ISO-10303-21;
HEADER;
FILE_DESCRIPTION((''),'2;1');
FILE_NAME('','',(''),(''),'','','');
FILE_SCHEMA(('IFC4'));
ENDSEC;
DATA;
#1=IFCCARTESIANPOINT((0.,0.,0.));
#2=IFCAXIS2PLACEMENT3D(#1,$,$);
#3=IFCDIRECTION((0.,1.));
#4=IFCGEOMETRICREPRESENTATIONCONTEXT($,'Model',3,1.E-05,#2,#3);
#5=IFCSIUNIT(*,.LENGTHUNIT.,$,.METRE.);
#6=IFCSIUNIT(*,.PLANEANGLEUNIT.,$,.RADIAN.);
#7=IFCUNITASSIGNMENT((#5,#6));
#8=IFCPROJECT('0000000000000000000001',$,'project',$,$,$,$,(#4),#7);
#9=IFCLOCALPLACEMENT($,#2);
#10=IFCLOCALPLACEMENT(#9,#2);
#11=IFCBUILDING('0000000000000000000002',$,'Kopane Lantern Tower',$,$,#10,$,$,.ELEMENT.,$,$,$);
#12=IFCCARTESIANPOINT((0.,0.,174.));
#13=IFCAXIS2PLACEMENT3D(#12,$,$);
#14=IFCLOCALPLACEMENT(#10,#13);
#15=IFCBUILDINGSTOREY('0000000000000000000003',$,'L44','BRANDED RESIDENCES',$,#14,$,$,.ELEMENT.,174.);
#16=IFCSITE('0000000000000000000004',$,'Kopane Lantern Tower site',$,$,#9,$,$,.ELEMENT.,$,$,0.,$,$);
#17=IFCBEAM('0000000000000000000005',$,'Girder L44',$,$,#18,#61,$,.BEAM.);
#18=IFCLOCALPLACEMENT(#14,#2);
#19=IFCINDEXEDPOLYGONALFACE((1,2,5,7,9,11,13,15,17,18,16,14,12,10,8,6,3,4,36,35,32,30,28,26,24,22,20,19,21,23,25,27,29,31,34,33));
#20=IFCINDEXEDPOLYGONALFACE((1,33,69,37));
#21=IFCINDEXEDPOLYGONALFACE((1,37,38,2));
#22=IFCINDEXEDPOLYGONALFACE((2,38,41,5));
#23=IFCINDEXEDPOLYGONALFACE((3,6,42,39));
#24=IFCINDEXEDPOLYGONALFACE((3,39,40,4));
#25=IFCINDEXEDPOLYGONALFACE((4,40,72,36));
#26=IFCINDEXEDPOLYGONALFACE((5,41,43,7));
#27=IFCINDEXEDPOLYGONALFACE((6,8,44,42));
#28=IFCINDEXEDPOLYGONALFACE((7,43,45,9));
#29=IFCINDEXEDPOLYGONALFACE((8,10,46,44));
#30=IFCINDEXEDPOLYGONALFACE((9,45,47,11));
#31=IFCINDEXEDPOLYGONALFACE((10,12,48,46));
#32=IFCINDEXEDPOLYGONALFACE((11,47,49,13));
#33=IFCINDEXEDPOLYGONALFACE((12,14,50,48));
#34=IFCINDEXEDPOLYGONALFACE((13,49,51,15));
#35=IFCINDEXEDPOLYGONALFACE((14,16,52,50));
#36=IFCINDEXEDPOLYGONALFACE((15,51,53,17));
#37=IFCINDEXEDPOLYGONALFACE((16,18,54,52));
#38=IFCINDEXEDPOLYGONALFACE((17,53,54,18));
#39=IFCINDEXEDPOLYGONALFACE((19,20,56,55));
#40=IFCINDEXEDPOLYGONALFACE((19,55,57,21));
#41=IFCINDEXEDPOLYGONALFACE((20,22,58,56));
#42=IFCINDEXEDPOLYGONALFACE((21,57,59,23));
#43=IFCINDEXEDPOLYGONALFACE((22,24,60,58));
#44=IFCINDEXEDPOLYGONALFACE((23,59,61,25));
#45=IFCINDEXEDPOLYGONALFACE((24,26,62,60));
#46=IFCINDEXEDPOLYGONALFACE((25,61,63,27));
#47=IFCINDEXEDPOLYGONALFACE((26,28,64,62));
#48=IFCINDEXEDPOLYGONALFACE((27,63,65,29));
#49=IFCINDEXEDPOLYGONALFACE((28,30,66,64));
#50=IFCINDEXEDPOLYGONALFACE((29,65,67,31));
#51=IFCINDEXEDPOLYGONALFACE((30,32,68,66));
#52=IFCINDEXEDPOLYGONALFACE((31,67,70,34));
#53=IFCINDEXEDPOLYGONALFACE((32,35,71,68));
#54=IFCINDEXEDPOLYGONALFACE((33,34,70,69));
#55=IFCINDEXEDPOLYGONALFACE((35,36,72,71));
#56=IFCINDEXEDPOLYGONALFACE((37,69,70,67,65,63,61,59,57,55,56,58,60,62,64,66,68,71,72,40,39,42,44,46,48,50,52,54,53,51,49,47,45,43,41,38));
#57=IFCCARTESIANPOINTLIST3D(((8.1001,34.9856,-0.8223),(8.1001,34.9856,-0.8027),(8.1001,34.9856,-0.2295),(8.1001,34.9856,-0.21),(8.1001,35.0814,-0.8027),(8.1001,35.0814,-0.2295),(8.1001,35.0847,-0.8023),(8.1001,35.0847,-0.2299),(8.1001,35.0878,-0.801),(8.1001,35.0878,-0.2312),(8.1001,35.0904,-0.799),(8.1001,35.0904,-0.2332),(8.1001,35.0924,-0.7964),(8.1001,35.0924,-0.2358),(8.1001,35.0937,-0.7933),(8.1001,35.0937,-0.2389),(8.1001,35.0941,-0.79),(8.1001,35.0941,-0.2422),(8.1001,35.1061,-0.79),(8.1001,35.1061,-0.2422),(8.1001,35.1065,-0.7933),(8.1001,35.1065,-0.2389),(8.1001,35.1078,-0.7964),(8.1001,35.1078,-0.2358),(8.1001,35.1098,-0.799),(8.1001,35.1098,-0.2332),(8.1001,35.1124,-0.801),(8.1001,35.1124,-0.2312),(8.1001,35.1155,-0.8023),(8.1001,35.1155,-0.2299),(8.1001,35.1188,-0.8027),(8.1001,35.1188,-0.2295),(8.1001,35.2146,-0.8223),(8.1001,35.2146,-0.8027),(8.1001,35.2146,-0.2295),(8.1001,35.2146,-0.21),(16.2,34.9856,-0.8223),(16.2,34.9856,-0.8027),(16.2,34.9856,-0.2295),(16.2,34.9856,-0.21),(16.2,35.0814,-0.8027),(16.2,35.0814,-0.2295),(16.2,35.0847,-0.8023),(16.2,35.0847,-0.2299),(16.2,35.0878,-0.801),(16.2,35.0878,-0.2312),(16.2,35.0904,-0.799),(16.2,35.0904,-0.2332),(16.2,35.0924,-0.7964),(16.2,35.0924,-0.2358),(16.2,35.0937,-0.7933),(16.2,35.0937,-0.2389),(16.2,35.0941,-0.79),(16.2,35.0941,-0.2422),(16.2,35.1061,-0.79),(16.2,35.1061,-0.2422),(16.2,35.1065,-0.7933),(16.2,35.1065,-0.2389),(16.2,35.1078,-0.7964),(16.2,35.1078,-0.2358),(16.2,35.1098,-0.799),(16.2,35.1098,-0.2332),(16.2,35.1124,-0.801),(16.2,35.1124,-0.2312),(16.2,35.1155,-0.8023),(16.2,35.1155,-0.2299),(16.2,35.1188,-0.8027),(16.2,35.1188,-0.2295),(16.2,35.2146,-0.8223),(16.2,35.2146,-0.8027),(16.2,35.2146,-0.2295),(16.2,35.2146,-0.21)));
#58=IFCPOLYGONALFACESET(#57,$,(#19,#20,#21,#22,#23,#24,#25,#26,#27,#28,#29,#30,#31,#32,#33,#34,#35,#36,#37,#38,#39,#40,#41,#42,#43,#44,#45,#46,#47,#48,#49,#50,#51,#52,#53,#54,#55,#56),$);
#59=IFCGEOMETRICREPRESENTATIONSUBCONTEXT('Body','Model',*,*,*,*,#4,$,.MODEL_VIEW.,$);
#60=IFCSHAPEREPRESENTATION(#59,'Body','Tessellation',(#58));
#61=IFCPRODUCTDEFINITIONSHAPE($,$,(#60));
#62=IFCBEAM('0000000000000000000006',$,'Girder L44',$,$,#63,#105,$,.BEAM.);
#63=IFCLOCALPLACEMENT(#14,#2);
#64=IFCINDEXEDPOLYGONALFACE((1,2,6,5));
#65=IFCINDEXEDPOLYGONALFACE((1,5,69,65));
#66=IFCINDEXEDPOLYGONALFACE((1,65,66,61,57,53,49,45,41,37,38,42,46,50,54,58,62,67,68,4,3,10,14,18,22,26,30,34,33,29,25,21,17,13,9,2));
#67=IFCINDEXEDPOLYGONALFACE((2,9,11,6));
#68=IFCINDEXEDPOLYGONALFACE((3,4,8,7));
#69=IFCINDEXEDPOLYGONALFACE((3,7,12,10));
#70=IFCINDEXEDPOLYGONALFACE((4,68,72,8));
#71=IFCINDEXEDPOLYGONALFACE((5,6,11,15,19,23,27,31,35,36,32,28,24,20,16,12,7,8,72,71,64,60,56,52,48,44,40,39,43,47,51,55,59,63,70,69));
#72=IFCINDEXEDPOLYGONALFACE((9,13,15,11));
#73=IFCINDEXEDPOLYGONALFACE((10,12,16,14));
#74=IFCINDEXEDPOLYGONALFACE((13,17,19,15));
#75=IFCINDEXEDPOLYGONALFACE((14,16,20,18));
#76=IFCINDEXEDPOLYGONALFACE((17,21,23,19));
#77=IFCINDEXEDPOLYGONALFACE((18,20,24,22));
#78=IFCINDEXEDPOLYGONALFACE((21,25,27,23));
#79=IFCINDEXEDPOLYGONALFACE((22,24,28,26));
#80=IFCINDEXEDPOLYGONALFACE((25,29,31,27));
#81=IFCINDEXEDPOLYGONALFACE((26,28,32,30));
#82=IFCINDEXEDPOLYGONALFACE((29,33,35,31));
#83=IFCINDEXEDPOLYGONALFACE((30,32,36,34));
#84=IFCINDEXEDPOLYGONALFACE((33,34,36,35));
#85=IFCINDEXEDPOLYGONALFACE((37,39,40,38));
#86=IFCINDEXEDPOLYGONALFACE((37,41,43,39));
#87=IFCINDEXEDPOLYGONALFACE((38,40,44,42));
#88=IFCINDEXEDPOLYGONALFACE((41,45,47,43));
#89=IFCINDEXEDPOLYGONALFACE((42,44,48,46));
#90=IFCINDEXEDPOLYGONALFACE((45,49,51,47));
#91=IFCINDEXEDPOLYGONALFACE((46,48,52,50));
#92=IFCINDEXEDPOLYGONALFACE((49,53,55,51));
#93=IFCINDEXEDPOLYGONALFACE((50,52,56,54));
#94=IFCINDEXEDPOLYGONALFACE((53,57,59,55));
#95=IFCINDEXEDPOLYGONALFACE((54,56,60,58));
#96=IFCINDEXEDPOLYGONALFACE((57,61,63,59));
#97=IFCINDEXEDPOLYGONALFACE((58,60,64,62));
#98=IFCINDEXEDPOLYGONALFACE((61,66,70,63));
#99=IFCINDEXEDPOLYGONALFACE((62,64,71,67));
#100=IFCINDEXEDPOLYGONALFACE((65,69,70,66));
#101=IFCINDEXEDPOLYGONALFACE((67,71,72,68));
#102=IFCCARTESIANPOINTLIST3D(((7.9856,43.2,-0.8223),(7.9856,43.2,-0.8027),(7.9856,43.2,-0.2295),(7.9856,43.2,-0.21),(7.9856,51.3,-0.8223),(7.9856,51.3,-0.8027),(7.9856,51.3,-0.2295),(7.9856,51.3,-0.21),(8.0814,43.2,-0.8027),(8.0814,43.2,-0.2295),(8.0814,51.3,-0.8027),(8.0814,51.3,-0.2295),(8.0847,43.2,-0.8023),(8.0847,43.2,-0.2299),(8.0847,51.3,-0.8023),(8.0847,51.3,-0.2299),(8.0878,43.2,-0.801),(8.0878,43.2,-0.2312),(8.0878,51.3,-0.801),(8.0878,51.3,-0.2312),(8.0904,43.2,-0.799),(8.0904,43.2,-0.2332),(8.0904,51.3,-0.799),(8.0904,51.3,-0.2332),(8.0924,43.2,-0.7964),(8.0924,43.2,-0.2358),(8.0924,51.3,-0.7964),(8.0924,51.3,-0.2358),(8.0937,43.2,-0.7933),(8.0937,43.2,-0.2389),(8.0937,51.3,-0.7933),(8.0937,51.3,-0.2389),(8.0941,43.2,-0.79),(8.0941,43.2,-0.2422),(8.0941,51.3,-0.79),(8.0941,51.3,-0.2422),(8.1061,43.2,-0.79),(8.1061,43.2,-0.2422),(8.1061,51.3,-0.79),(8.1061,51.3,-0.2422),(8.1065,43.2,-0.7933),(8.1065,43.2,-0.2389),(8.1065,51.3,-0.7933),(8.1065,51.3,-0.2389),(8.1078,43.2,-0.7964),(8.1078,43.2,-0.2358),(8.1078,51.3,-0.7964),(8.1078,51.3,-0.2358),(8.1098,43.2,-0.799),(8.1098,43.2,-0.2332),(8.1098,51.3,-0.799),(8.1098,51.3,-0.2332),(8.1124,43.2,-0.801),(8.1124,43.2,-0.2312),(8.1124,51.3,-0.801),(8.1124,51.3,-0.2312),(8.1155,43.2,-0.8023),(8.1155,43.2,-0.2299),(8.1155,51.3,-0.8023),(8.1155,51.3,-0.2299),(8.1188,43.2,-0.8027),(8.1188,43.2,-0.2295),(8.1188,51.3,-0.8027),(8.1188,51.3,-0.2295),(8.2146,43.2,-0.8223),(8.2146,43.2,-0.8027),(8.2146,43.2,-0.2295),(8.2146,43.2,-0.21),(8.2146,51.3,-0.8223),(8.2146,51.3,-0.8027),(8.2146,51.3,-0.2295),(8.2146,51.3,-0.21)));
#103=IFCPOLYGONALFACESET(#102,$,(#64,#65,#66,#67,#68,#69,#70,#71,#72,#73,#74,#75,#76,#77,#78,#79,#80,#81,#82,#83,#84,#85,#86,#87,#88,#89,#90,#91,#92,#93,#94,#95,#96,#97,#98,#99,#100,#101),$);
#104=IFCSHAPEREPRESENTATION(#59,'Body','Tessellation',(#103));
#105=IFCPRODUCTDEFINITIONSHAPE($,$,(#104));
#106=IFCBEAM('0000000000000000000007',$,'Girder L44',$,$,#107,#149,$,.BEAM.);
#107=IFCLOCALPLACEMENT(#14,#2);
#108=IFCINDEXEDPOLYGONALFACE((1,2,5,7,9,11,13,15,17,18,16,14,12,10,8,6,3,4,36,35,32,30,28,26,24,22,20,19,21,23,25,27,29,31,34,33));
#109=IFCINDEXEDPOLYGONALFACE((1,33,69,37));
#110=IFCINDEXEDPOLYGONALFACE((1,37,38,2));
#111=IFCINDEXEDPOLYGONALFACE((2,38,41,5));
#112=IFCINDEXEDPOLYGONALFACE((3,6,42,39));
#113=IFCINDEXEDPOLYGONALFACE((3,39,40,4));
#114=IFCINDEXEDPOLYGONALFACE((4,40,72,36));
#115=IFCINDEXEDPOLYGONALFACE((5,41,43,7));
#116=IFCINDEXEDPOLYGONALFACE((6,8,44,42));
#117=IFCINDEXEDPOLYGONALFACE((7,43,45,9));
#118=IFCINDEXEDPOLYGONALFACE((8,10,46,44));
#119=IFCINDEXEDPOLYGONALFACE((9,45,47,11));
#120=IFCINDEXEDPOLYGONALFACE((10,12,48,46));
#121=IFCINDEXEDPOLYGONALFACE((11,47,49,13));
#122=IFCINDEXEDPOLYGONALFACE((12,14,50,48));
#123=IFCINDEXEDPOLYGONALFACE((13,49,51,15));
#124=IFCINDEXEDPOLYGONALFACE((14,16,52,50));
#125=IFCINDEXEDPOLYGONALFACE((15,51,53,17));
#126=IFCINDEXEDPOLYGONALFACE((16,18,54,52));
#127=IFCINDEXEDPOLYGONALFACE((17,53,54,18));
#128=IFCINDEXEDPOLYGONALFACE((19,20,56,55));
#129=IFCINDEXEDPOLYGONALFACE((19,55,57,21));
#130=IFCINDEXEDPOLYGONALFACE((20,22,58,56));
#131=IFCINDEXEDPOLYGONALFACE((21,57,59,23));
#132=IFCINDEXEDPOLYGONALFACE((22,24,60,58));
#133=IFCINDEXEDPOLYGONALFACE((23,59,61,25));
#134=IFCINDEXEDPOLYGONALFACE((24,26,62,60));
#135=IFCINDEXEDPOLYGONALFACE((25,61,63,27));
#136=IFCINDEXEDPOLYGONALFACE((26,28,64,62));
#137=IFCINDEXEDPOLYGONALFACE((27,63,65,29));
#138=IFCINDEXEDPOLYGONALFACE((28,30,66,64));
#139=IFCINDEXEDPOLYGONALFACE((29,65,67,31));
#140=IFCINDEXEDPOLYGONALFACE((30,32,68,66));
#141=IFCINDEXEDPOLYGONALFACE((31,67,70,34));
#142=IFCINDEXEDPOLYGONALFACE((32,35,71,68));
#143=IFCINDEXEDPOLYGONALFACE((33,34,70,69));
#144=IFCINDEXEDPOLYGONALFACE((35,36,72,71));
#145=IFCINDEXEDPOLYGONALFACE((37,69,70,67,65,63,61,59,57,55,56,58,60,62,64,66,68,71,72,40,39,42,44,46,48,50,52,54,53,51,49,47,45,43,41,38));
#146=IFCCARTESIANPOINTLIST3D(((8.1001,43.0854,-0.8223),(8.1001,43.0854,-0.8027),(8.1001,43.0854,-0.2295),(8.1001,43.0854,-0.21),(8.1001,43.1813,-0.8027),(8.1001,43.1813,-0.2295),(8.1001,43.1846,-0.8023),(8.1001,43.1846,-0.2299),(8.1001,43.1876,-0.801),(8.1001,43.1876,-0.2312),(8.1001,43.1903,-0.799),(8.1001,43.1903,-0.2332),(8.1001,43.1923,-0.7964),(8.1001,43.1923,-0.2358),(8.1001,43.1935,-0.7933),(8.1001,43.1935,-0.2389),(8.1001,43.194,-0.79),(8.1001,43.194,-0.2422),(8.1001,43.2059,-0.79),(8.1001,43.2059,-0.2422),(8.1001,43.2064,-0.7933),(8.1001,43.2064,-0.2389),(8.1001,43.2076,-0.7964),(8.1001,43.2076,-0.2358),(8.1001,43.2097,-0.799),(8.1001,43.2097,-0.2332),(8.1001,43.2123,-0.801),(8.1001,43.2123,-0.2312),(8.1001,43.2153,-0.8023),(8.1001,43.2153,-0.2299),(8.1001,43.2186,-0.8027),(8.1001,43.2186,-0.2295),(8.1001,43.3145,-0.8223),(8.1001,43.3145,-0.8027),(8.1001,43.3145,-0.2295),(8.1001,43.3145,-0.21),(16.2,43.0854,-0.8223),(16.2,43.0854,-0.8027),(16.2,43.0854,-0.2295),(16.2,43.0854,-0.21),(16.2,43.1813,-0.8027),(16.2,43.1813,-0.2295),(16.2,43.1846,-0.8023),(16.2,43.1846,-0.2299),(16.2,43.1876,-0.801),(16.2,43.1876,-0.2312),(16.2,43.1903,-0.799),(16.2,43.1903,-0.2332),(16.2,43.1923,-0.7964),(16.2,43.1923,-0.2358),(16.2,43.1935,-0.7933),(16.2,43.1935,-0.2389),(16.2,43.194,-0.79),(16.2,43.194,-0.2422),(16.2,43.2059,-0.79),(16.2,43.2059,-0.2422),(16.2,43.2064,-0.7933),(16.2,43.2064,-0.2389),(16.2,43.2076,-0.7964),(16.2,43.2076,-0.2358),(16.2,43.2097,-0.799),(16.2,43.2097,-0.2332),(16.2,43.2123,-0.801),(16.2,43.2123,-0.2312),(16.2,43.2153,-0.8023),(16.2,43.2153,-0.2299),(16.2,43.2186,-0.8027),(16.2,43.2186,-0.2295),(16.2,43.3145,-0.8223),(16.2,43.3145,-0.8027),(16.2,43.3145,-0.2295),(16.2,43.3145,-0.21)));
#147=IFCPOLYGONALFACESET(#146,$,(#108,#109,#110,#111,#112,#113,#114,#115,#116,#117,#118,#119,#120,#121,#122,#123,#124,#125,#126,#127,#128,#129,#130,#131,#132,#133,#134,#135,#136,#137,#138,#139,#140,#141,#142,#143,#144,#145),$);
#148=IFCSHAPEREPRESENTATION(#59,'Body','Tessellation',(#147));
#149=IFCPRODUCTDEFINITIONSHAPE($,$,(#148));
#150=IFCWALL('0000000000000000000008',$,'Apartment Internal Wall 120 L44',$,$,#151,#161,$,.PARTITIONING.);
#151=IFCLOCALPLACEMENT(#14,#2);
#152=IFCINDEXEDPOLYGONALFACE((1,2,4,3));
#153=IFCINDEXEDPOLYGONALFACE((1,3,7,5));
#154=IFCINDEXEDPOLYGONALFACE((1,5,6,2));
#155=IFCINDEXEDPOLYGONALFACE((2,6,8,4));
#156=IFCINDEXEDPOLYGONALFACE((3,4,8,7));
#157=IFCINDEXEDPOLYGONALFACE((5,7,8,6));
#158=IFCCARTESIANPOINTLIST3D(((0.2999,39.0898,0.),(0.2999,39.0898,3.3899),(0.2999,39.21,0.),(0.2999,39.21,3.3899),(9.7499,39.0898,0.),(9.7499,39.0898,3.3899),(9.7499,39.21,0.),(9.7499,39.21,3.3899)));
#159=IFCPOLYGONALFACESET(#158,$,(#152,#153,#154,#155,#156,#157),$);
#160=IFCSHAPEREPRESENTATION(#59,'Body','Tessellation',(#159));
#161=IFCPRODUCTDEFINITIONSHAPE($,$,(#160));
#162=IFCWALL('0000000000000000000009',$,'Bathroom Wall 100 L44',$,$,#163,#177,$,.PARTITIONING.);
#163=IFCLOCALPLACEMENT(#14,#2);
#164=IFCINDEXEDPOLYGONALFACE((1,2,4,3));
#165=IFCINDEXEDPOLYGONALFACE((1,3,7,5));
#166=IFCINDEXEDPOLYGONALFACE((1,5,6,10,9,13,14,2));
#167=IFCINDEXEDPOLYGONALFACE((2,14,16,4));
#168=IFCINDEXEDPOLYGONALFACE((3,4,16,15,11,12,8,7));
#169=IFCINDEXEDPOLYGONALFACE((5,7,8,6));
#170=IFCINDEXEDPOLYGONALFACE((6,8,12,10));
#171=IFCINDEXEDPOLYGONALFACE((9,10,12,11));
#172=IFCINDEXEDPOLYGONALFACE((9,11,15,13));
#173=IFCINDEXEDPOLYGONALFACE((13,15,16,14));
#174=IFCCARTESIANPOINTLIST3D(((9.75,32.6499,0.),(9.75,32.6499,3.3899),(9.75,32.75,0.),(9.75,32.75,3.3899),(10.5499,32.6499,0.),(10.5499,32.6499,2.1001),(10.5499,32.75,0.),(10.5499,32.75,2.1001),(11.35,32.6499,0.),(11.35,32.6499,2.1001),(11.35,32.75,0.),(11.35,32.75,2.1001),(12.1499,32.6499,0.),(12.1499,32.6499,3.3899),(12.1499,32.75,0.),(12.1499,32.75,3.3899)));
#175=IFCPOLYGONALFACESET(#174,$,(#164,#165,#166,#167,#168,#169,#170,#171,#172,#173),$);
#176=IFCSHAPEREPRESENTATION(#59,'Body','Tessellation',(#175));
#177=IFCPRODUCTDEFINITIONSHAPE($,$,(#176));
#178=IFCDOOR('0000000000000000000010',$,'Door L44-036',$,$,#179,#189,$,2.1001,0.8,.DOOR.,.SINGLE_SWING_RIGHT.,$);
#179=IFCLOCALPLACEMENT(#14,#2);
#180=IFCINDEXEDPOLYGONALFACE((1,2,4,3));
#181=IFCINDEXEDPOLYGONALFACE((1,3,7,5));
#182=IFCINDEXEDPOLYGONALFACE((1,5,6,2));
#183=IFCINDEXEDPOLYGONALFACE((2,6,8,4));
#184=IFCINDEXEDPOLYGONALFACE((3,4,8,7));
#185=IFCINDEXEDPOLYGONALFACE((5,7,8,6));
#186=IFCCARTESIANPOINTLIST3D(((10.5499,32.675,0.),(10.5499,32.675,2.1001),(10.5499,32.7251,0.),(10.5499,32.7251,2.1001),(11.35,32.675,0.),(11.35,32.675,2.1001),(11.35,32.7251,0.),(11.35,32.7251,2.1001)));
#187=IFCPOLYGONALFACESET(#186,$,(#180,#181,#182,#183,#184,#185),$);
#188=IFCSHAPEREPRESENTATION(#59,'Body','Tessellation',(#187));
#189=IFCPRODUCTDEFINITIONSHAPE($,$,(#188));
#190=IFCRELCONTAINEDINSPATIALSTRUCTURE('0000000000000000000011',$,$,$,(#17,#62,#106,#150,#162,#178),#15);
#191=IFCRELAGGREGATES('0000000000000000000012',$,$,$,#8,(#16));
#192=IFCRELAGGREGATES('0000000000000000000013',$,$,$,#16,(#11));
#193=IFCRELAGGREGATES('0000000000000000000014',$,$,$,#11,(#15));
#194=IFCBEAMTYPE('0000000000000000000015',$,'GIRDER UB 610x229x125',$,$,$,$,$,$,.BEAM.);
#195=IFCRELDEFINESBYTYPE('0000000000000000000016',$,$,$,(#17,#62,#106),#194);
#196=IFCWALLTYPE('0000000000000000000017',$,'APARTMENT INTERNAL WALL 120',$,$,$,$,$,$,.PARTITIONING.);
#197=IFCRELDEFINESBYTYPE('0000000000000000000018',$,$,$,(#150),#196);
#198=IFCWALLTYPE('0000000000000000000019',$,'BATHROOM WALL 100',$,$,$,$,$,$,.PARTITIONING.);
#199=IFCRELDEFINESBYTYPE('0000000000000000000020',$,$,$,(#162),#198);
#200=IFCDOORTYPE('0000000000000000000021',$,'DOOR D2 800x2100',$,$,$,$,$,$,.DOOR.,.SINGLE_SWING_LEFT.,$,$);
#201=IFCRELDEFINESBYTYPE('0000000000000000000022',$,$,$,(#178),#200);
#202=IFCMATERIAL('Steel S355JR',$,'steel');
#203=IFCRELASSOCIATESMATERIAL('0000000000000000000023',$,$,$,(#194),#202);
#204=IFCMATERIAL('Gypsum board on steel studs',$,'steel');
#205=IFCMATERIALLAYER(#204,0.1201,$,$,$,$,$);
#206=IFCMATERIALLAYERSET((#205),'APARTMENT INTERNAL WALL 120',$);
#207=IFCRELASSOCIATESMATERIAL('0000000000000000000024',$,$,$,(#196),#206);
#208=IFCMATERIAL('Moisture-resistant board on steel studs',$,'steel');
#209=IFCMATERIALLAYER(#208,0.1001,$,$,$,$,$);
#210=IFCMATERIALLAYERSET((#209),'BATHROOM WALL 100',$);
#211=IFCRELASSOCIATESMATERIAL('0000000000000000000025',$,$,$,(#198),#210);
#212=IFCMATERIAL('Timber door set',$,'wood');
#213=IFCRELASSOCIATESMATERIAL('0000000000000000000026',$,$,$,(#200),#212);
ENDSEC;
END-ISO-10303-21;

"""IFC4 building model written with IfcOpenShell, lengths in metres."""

from ifc_helpers import new_model, si_unit, direction, frame, frame_2d, origin, origin_2d, place, context, subcontext, project, spatial, rectangle, i_section, extrude, material, layer, layer_set, material_profile, profile_set, type_object, element, fill, save


model = new_model("IFC4")

# Units and contexts
model_context = context("Model", 3, precision=1e-05, world=origin(), true_north=direction((0.0, 1.0)))
body_context = subcontext(model_context, "Body", "Model", "MODEL_VIEW")
ifc_project = project(units=[si_unit("LENGTHUNIT", "METRE"), si_unit("PLANEANGLEUNIT", "RADIAN")], contexts=[model_context])

# Site, building, storey
site_placement = place(None, origin())
site = spatial("IfcSite", under=ifc_project, at=site_placement, Name="Kopane Lantern Tower site", CompositionType="ELEMENT", RefElevation=0.0)
building_placement = place(site_placement, origin())
building = spatial("IfcBuilding", under=site, at=building_placement, Name="Kopane Lantern Tower", CompositionType="ELEMENT")
storey_placement = place(building_placement, frame((0.0, 0.0, 174.0)))
storey = spatial("IfcBuildingStorey", under=building, at=storey_placement, Name="L44", Description="BRANDED RESIDENCES", CompositionType="ELEMENT", Elevation=174.0)

# Beams
ifc_material_1 = material(Name="Steel S355JR", Category="steel")
ifc_material_profile_1 = material_profile(ifc_material_1, i_section(OverallWidth=0.229, OverallDepth=0.6123, WebThickness=0.012, FlangeThickness=0.0195, FilletRadius=0.0127, at=origin_2d()), Name="UB 610x229x125")
ifc_profile_set_1 = profile_set([ifc_material_profile_1], Name="Steel S355JR")
beam_type = type_object("IfcBeamType", Name="GIRDER UB 610x229x125", PredefinedType="BEAM", material=ifc_profile_set_1)
for number, where, z_axis, x_axis, name in (
    (1, (8.1001, 35.1001, -0.5161), (1.0, 0.0, 0.0), (0.0, 1.0, 0.0), "Girder L44"),
):
    element("IfcBeam", number, at=place(storey_placement, frame(where, z_axis=z_axis, x_axis=x_axis)), inside=storey, type_object=beam_type, Name=name, PredefinedType="BEAM", context=body_context, shape_type="SweptSolid", body=[
        extrude(i_section(OverallWidth=0.229, OverallDepth=0.6123, WebThickness=0.012, FlangeThickness=0.0195, FilletRadius=0.0127, at=origin_2d()), origin(), (0.0, 0.0, 1.0), 8.0999),
    ])
beam_1_placement = place(storey_placement, frame((8.1001, 43.2, -0.5161), z_axis=(0.0, 1.0, 0.0), x_axis=(-1.0, 0.0, 0.0)))
element("IfcBeam", 2, at=beam_1_placement, inside=storey, type_object=beam_type, Name="Girder L44", PredefinedType="BEAM", context=body_context, shape_type="SweptSolid", body=[
    extrude(i_section(OverallWidth=0.229, OverallDepth=0.6123, WebThickness=0.012, FlangeThickness=0.0195, FilletRadius=0.0127, at=origin_2d()), origin(), (0.0, 0.0, 1.0), 8.1001),
])
beam_2_placement = place(storey_placement, frame((8.1001, 43.2, -0.5161), z_axis=(1.0, 0.0, 0.0), x_axis=(0.0, 1.0, 0.0)))
element("IfcBeam", 3, at=beam_2_placement, inside=storey, type_object=beam_type, Name="Girder L44", PredefinedType="BEAM", context=body_context, shape_type="SweptSolid", body=[
    extrude(i_section(OverallWidth=0.229, OverallDepth=0.6123, WebThickness=0.012, FlangeThickness=0.0195, FilletRadius=0.0127, at=origin_2d()), origin(), (0.0, 0.0, 1.0), 8.0999),
])

# Wall
ifc_material_2 = material(Name="Gypsum board on steel studs", Category="steel")
ifc_layer_1 = layer(ifc_material_2, 0.1201)
ifc_layer_set_1 = layer_set([ifc_layer_1], Name="APARTMENT INTERNAL WALL 120")
wall_type_1 = type_object("IfcWallType", Name="APARTMENT INTERNAL WALL 120", PredefinedType="PARTITIONING", material=ifc_layer_set_1)
wall_1_placement = place(storey_placement, frame((9.75, 39.1499, 0.0), z_axis=(0.0, 0.0, 1.0), x_axis=(-1.0, 0.0, 0.0)))
element("IfcWall", 4, at=wall_1_placement, inside=storey, type_object=wall_type_1, Name="Apartment Internal Wall 120 L44", PredefinedType="PARTITIONING", context=body_context, shape_type="SweptSolid", body=[
    extrude(rectangle(XDim=9.45, YDim=0.1201, at=frame_2d((4.7251, 0.0))), origin(), (0.0, 0.0, 1.0), 3.3899),
])

# Wall, opening, door
ifc_material_3 = material(Name="Moisture-resistant board on steel studs", Category="steel")
ifc_layer_2 = layer(ifc_material_3, 0.1001)
ifc_layer_set_2 = layer_set([ifc_layer_2], Name="BATHROOM WALL 100")
wall_type_2 = type_object("IfcWallType", Name="BATHROOM WALL 100", PredefinedType="PARTITIONING", material=ifc_layer_set_2)
wall_2_placement = place(storey_placement, frame((12.1499, 32.7, 0.0), z_axis=(0.0, 0.0, 1.0), x_axis=(-1.0, 0.0, 0.0)))
wall_2 = element("IfcWall", 5, at=wall_2_placement, inside=storey, type_object=wall_type_2, Name="Bathroom Wall 100 L44", PredefinedType="PARTITIONING", context=body_context, shape_type="SweptSolid", body=[
    extrude(rectangle(XDim=2.3999, YDim=0.1001, at=frame_2d((1.2, 0.0))), origin(), (0.0, 0.0, 1.0), 3.3899),
])
opening_1_placement = place(wall_2_placement, frame((0.8, 0.0, 0.0)))
opening_1 = element("IfcOpeningElement", 6, at=opening_1_placement, cuts=wall_2, PredefinedType="OPENING", context=body_context, shape_type="SweptSolid", body=[
    extrude(rectangle(XDim=0.8, YDim=2.1001, at=frame_2d((0.3999, 1.05))), frame((0.0, 0.0601, 0.0), z_axis=(0.0, -1.0, 0.0), x_axis=(1.0, 0.0, 0.0)), (0.0, 0.0, 1.0), 0.1201),
])
ifc_material_4 = material(Name="Timber door set", Category="wood")
door_type = type_object("IfcDoorType", Name="DOOR D2 800x2100", OperationType="SINGLE_SWING_LEFT", PredefinedType="DOOR", material=ifc_material_4)
door_1_placement = place(opening_1_placement, origin())
door_1 = element("IfcDoor", 7, at=door_1_placement, inside=storey, type_object=door_type, Name="Door L44-036", OperationType="SINGLE_SWING_RIGHT", OverallHeight=2.1001, OverallWidth=0.8, PredefinedType="DOOR", context=body_context, shape_type="SweptSolid", body=[
    extrude(rectangle(XDim=0.8, YDim=2.1001, at=frame_2d((0.3999, 1.05))), frame((0.0, 0.0249, 0.0), z_axis=(0.0, -1.0, 0.0), x_axis=(1.0, 0.0, 0.0)), (0.0, 0.0, 1.0), 0.05),
])
fill(opening_1, door_1)

save(model, "model.ifc")
